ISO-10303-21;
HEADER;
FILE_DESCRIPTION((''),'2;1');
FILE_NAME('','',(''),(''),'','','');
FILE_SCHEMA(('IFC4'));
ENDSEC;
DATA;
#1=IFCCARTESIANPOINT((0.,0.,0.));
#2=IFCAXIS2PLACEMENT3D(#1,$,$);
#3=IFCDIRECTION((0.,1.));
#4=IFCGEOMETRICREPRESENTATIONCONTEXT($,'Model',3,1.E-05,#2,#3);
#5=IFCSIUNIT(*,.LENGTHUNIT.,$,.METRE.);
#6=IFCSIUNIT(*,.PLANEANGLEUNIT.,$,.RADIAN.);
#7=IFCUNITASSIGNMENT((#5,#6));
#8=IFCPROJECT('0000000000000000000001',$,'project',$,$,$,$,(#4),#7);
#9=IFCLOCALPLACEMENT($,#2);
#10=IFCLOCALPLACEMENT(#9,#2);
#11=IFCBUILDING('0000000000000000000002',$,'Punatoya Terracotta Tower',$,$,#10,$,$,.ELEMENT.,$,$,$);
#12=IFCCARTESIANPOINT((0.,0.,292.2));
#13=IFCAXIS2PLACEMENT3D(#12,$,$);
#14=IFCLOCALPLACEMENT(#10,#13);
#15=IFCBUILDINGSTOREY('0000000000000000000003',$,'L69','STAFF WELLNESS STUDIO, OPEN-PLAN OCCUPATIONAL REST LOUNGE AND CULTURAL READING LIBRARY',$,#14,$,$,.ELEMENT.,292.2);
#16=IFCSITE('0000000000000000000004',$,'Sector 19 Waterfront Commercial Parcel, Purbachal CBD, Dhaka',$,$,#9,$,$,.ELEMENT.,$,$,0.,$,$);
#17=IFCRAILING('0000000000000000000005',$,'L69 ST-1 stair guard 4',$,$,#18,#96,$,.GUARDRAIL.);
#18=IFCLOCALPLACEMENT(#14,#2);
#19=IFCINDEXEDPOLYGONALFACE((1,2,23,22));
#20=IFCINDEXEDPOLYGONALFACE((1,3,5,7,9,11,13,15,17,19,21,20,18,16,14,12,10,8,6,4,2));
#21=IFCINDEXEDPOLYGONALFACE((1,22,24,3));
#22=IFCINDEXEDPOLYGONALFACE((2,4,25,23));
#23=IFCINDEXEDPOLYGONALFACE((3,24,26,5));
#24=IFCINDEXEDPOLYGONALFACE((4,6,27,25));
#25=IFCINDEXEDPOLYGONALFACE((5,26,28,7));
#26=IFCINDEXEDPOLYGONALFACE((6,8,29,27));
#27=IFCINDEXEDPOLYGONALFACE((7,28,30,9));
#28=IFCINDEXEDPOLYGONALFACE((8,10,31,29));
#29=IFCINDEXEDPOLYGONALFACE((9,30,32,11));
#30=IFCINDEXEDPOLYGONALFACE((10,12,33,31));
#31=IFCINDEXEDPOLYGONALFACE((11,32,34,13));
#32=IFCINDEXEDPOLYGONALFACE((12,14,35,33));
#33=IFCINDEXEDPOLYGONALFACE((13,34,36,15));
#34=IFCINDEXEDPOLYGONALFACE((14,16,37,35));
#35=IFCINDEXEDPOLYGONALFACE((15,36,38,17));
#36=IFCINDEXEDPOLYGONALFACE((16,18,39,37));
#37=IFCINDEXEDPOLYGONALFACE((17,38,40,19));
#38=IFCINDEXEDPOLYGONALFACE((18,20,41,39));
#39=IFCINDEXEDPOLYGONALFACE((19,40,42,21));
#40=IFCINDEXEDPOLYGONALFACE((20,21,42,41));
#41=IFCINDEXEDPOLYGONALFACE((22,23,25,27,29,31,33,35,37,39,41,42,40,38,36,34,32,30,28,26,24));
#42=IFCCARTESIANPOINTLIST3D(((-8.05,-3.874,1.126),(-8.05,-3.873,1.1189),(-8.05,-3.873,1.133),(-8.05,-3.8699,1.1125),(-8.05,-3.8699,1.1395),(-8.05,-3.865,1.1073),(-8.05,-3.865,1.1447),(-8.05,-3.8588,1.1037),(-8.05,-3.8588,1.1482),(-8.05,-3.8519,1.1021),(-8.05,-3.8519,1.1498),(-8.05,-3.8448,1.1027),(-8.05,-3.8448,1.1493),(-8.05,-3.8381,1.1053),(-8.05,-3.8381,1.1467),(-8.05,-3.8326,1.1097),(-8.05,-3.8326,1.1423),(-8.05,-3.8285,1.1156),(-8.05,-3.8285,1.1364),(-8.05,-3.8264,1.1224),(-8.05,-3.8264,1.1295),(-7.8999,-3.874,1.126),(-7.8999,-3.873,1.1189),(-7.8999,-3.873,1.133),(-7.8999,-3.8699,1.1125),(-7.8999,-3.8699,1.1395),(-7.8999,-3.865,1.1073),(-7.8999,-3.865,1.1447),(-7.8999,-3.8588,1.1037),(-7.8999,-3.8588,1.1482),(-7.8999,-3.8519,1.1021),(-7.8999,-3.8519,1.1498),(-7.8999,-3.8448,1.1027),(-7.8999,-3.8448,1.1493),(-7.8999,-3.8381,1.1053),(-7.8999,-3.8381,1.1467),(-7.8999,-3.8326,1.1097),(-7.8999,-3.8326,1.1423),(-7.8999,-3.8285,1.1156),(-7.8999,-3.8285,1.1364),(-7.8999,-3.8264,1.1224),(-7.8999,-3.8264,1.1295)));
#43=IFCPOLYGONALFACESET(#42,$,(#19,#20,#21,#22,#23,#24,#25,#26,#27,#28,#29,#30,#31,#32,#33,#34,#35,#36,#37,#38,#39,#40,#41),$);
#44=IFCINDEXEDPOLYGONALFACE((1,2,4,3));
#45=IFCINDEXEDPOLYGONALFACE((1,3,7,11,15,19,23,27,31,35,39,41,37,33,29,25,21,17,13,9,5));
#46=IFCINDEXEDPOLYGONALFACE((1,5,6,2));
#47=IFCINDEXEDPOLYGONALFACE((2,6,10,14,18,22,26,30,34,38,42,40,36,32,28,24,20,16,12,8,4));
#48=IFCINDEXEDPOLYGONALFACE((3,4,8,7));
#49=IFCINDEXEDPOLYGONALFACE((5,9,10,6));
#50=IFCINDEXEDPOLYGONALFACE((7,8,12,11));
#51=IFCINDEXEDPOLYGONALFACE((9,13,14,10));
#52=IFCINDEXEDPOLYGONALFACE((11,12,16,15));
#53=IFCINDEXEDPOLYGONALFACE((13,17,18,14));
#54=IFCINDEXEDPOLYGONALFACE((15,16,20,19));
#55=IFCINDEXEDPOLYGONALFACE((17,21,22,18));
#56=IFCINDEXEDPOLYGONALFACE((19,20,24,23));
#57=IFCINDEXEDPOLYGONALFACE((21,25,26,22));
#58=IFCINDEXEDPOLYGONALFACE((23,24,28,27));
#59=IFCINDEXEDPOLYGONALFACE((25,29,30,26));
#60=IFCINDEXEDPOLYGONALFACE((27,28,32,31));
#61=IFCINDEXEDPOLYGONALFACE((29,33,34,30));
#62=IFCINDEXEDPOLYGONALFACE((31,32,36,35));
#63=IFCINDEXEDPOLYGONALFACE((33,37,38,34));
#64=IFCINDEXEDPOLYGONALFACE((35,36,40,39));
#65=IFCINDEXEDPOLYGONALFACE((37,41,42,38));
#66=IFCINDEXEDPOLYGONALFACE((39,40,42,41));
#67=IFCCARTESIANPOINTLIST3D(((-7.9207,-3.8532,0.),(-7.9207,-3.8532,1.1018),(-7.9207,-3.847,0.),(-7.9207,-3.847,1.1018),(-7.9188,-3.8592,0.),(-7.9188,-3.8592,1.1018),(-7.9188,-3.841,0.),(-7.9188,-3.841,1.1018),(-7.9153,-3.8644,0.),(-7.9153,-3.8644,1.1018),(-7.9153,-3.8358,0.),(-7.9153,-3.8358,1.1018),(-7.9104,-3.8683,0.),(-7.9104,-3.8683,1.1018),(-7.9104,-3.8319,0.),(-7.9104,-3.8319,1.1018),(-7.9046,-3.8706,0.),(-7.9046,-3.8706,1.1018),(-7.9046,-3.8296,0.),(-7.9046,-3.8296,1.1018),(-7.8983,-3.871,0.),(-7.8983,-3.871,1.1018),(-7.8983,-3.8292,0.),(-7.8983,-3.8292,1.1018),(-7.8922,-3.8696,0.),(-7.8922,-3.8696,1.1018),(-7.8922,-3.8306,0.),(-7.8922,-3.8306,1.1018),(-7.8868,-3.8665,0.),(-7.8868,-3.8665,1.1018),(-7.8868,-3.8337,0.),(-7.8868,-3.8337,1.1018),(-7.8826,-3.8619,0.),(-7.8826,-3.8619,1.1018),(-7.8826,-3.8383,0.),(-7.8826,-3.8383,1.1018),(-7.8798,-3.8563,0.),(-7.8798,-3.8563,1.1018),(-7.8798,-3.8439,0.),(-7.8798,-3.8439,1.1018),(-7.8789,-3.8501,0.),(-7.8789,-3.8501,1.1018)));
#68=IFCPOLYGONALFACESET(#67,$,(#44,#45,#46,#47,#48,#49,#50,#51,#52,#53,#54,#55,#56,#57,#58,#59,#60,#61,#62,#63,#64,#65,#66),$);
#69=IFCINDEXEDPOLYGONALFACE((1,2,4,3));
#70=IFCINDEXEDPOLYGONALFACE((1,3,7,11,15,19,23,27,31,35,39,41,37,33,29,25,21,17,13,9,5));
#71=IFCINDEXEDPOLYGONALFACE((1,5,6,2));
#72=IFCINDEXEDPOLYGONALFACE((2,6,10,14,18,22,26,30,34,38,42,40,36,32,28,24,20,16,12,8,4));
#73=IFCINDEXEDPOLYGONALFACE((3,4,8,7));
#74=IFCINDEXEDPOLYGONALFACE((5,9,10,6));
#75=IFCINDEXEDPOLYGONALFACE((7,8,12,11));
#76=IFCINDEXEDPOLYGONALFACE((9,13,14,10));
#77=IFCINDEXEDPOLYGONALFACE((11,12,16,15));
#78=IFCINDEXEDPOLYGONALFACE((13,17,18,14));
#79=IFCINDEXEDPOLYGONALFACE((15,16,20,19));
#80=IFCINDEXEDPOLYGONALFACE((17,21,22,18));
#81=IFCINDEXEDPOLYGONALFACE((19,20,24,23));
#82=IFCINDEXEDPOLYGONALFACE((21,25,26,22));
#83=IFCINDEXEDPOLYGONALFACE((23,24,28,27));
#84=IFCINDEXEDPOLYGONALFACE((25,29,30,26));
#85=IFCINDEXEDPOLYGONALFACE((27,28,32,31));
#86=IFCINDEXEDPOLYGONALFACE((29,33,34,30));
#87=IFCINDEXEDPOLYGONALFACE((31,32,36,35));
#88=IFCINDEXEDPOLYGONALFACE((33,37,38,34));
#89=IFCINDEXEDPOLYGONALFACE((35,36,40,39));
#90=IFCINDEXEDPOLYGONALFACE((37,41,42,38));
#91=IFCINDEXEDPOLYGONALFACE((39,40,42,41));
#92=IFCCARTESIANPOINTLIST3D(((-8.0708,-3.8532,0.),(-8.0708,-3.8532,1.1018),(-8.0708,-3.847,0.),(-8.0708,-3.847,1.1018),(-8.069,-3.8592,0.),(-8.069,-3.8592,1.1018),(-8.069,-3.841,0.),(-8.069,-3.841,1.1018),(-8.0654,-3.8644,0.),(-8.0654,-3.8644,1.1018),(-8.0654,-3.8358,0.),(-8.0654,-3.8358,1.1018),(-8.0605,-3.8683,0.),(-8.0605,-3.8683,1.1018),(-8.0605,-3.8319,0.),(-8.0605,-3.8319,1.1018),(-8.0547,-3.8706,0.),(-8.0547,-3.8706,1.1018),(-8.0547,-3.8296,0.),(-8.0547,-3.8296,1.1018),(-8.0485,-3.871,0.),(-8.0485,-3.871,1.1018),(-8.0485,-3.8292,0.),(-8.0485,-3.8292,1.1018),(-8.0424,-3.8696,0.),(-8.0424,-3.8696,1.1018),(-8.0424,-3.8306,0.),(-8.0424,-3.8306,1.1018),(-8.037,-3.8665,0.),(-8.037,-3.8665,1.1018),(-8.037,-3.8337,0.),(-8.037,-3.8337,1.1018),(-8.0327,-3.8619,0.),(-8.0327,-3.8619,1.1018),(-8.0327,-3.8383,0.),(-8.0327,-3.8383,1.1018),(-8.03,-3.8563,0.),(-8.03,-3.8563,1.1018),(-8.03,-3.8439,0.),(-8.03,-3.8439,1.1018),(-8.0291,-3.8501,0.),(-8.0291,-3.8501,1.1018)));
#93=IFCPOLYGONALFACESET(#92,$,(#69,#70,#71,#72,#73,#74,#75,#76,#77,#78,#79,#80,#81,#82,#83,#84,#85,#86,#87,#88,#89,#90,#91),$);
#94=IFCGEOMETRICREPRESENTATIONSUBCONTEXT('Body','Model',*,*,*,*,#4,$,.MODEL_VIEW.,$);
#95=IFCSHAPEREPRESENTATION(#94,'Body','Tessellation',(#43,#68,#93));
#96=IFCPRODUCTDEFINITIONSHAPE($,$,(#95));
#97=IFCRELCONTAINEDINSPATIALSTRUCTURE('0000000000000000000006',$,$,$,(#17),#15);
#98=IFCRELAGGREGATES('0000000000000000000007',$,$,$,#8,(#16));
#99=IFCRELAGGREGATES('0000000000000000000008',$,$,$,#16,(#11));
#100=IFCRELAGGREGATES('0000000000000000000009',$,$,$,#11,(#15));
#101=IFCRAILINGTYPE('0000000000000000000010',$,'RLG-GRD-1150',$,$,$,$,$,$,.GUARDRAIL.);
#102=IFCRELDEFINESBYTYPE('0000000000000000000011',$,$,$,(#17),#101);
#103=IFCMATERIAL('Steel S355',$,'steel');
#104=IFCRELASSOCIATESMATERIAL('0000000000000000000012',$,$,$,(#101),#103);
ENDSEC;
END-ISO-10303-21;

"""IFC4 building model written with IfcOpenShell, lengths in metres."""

from ifc_helpers import new_model, si_unit, direction, frame, origin, origin_2d, place, context, subcontext, project, spatial, circle, extrude, material, type_object, element, save


model = new_model("IFC4")

# Units and contexts
model_context = context("Model", 3, precision=1e-05, world=origin(), true_north=direction((0.0, 1.0)))
body_context = subcontext(model_context, "Body", "Model", "MODEL_VIEW")
ifc_project = project(units=[si_unit("LENGTHUNIT", "METRE"), si_unit("PLANEANGLEUNIT", "RADIAN")], contexts=[model_context])

# Site, building, storey
site_placement = place(None, origin())
site = spatial("IfcSite", under=ifc_project, at=site_placement, Name="Sector 19 Waterfront Commercial Parcel, Purbachal CBD, Dhaka", CompositionType="ELEMENT", RefElevation=0.0)
building_placement = place(site_placement, origin())
building = spatial("IfcBuilding", under=site, at=building_placement, Name="Punatoya Terracotta Tower", CompositionType="ELEMENT")
storey_placement = place(building_placement, frame((0.0, 0.0, 292.2)))
storey = spatial("IfcBuildingStorey", under=building, at=storey_placement, Name="L69", Description="STAFF WELLNESS STUDIO, OPEN-PLAN OCCUPATIONAL REST LOUNGE AND CULTURAL READING LIBRARY", CompositionType="ELEMENT", Elevation=292.2)

# Shared definitions
ifc_material_1 = material(Name="Steel S355", Category="steel")

# Railing
railing_type_1 = type_object("IfcRailingType", Name="RLG-GRD-1150", PredefinedType="GUARDRAIL", material=ifc_material_1)
railing_1_placement = place(storey_placement, frame((-7.8999, -3.8501, 0.0)))
element("IfcRailing", 1, at=railing_1_placement, inside=storey, type_object=railing_type_1, Name="L69 ST-1 stair guard 4", PredefinedType="GUARDRAIL", context=body_context, shape_type="SweptSolid", body=[
    extrude(circle(Radius=0.0239, at=origin_2d()), frame((0.0, 0.0, 1.126), z_axis=(-1.0, 0.0, 0.0), x_axis=(0.0, -1.0, 0.0)), (0.0, 0.0, 1.0), 0.1501),
    extrude(circle(Radius=0.021, at=origin_2d()), origin(), (0.0, 0.0, 1.0), 1.1018),
    extrude(circle(Radius=0.021, at=origin_2d()), frame((-0.1501, 0.0, 0.0)), (0.0, 0.0, 1.0), 1.1018),
])

save(model, "model.ifc")
